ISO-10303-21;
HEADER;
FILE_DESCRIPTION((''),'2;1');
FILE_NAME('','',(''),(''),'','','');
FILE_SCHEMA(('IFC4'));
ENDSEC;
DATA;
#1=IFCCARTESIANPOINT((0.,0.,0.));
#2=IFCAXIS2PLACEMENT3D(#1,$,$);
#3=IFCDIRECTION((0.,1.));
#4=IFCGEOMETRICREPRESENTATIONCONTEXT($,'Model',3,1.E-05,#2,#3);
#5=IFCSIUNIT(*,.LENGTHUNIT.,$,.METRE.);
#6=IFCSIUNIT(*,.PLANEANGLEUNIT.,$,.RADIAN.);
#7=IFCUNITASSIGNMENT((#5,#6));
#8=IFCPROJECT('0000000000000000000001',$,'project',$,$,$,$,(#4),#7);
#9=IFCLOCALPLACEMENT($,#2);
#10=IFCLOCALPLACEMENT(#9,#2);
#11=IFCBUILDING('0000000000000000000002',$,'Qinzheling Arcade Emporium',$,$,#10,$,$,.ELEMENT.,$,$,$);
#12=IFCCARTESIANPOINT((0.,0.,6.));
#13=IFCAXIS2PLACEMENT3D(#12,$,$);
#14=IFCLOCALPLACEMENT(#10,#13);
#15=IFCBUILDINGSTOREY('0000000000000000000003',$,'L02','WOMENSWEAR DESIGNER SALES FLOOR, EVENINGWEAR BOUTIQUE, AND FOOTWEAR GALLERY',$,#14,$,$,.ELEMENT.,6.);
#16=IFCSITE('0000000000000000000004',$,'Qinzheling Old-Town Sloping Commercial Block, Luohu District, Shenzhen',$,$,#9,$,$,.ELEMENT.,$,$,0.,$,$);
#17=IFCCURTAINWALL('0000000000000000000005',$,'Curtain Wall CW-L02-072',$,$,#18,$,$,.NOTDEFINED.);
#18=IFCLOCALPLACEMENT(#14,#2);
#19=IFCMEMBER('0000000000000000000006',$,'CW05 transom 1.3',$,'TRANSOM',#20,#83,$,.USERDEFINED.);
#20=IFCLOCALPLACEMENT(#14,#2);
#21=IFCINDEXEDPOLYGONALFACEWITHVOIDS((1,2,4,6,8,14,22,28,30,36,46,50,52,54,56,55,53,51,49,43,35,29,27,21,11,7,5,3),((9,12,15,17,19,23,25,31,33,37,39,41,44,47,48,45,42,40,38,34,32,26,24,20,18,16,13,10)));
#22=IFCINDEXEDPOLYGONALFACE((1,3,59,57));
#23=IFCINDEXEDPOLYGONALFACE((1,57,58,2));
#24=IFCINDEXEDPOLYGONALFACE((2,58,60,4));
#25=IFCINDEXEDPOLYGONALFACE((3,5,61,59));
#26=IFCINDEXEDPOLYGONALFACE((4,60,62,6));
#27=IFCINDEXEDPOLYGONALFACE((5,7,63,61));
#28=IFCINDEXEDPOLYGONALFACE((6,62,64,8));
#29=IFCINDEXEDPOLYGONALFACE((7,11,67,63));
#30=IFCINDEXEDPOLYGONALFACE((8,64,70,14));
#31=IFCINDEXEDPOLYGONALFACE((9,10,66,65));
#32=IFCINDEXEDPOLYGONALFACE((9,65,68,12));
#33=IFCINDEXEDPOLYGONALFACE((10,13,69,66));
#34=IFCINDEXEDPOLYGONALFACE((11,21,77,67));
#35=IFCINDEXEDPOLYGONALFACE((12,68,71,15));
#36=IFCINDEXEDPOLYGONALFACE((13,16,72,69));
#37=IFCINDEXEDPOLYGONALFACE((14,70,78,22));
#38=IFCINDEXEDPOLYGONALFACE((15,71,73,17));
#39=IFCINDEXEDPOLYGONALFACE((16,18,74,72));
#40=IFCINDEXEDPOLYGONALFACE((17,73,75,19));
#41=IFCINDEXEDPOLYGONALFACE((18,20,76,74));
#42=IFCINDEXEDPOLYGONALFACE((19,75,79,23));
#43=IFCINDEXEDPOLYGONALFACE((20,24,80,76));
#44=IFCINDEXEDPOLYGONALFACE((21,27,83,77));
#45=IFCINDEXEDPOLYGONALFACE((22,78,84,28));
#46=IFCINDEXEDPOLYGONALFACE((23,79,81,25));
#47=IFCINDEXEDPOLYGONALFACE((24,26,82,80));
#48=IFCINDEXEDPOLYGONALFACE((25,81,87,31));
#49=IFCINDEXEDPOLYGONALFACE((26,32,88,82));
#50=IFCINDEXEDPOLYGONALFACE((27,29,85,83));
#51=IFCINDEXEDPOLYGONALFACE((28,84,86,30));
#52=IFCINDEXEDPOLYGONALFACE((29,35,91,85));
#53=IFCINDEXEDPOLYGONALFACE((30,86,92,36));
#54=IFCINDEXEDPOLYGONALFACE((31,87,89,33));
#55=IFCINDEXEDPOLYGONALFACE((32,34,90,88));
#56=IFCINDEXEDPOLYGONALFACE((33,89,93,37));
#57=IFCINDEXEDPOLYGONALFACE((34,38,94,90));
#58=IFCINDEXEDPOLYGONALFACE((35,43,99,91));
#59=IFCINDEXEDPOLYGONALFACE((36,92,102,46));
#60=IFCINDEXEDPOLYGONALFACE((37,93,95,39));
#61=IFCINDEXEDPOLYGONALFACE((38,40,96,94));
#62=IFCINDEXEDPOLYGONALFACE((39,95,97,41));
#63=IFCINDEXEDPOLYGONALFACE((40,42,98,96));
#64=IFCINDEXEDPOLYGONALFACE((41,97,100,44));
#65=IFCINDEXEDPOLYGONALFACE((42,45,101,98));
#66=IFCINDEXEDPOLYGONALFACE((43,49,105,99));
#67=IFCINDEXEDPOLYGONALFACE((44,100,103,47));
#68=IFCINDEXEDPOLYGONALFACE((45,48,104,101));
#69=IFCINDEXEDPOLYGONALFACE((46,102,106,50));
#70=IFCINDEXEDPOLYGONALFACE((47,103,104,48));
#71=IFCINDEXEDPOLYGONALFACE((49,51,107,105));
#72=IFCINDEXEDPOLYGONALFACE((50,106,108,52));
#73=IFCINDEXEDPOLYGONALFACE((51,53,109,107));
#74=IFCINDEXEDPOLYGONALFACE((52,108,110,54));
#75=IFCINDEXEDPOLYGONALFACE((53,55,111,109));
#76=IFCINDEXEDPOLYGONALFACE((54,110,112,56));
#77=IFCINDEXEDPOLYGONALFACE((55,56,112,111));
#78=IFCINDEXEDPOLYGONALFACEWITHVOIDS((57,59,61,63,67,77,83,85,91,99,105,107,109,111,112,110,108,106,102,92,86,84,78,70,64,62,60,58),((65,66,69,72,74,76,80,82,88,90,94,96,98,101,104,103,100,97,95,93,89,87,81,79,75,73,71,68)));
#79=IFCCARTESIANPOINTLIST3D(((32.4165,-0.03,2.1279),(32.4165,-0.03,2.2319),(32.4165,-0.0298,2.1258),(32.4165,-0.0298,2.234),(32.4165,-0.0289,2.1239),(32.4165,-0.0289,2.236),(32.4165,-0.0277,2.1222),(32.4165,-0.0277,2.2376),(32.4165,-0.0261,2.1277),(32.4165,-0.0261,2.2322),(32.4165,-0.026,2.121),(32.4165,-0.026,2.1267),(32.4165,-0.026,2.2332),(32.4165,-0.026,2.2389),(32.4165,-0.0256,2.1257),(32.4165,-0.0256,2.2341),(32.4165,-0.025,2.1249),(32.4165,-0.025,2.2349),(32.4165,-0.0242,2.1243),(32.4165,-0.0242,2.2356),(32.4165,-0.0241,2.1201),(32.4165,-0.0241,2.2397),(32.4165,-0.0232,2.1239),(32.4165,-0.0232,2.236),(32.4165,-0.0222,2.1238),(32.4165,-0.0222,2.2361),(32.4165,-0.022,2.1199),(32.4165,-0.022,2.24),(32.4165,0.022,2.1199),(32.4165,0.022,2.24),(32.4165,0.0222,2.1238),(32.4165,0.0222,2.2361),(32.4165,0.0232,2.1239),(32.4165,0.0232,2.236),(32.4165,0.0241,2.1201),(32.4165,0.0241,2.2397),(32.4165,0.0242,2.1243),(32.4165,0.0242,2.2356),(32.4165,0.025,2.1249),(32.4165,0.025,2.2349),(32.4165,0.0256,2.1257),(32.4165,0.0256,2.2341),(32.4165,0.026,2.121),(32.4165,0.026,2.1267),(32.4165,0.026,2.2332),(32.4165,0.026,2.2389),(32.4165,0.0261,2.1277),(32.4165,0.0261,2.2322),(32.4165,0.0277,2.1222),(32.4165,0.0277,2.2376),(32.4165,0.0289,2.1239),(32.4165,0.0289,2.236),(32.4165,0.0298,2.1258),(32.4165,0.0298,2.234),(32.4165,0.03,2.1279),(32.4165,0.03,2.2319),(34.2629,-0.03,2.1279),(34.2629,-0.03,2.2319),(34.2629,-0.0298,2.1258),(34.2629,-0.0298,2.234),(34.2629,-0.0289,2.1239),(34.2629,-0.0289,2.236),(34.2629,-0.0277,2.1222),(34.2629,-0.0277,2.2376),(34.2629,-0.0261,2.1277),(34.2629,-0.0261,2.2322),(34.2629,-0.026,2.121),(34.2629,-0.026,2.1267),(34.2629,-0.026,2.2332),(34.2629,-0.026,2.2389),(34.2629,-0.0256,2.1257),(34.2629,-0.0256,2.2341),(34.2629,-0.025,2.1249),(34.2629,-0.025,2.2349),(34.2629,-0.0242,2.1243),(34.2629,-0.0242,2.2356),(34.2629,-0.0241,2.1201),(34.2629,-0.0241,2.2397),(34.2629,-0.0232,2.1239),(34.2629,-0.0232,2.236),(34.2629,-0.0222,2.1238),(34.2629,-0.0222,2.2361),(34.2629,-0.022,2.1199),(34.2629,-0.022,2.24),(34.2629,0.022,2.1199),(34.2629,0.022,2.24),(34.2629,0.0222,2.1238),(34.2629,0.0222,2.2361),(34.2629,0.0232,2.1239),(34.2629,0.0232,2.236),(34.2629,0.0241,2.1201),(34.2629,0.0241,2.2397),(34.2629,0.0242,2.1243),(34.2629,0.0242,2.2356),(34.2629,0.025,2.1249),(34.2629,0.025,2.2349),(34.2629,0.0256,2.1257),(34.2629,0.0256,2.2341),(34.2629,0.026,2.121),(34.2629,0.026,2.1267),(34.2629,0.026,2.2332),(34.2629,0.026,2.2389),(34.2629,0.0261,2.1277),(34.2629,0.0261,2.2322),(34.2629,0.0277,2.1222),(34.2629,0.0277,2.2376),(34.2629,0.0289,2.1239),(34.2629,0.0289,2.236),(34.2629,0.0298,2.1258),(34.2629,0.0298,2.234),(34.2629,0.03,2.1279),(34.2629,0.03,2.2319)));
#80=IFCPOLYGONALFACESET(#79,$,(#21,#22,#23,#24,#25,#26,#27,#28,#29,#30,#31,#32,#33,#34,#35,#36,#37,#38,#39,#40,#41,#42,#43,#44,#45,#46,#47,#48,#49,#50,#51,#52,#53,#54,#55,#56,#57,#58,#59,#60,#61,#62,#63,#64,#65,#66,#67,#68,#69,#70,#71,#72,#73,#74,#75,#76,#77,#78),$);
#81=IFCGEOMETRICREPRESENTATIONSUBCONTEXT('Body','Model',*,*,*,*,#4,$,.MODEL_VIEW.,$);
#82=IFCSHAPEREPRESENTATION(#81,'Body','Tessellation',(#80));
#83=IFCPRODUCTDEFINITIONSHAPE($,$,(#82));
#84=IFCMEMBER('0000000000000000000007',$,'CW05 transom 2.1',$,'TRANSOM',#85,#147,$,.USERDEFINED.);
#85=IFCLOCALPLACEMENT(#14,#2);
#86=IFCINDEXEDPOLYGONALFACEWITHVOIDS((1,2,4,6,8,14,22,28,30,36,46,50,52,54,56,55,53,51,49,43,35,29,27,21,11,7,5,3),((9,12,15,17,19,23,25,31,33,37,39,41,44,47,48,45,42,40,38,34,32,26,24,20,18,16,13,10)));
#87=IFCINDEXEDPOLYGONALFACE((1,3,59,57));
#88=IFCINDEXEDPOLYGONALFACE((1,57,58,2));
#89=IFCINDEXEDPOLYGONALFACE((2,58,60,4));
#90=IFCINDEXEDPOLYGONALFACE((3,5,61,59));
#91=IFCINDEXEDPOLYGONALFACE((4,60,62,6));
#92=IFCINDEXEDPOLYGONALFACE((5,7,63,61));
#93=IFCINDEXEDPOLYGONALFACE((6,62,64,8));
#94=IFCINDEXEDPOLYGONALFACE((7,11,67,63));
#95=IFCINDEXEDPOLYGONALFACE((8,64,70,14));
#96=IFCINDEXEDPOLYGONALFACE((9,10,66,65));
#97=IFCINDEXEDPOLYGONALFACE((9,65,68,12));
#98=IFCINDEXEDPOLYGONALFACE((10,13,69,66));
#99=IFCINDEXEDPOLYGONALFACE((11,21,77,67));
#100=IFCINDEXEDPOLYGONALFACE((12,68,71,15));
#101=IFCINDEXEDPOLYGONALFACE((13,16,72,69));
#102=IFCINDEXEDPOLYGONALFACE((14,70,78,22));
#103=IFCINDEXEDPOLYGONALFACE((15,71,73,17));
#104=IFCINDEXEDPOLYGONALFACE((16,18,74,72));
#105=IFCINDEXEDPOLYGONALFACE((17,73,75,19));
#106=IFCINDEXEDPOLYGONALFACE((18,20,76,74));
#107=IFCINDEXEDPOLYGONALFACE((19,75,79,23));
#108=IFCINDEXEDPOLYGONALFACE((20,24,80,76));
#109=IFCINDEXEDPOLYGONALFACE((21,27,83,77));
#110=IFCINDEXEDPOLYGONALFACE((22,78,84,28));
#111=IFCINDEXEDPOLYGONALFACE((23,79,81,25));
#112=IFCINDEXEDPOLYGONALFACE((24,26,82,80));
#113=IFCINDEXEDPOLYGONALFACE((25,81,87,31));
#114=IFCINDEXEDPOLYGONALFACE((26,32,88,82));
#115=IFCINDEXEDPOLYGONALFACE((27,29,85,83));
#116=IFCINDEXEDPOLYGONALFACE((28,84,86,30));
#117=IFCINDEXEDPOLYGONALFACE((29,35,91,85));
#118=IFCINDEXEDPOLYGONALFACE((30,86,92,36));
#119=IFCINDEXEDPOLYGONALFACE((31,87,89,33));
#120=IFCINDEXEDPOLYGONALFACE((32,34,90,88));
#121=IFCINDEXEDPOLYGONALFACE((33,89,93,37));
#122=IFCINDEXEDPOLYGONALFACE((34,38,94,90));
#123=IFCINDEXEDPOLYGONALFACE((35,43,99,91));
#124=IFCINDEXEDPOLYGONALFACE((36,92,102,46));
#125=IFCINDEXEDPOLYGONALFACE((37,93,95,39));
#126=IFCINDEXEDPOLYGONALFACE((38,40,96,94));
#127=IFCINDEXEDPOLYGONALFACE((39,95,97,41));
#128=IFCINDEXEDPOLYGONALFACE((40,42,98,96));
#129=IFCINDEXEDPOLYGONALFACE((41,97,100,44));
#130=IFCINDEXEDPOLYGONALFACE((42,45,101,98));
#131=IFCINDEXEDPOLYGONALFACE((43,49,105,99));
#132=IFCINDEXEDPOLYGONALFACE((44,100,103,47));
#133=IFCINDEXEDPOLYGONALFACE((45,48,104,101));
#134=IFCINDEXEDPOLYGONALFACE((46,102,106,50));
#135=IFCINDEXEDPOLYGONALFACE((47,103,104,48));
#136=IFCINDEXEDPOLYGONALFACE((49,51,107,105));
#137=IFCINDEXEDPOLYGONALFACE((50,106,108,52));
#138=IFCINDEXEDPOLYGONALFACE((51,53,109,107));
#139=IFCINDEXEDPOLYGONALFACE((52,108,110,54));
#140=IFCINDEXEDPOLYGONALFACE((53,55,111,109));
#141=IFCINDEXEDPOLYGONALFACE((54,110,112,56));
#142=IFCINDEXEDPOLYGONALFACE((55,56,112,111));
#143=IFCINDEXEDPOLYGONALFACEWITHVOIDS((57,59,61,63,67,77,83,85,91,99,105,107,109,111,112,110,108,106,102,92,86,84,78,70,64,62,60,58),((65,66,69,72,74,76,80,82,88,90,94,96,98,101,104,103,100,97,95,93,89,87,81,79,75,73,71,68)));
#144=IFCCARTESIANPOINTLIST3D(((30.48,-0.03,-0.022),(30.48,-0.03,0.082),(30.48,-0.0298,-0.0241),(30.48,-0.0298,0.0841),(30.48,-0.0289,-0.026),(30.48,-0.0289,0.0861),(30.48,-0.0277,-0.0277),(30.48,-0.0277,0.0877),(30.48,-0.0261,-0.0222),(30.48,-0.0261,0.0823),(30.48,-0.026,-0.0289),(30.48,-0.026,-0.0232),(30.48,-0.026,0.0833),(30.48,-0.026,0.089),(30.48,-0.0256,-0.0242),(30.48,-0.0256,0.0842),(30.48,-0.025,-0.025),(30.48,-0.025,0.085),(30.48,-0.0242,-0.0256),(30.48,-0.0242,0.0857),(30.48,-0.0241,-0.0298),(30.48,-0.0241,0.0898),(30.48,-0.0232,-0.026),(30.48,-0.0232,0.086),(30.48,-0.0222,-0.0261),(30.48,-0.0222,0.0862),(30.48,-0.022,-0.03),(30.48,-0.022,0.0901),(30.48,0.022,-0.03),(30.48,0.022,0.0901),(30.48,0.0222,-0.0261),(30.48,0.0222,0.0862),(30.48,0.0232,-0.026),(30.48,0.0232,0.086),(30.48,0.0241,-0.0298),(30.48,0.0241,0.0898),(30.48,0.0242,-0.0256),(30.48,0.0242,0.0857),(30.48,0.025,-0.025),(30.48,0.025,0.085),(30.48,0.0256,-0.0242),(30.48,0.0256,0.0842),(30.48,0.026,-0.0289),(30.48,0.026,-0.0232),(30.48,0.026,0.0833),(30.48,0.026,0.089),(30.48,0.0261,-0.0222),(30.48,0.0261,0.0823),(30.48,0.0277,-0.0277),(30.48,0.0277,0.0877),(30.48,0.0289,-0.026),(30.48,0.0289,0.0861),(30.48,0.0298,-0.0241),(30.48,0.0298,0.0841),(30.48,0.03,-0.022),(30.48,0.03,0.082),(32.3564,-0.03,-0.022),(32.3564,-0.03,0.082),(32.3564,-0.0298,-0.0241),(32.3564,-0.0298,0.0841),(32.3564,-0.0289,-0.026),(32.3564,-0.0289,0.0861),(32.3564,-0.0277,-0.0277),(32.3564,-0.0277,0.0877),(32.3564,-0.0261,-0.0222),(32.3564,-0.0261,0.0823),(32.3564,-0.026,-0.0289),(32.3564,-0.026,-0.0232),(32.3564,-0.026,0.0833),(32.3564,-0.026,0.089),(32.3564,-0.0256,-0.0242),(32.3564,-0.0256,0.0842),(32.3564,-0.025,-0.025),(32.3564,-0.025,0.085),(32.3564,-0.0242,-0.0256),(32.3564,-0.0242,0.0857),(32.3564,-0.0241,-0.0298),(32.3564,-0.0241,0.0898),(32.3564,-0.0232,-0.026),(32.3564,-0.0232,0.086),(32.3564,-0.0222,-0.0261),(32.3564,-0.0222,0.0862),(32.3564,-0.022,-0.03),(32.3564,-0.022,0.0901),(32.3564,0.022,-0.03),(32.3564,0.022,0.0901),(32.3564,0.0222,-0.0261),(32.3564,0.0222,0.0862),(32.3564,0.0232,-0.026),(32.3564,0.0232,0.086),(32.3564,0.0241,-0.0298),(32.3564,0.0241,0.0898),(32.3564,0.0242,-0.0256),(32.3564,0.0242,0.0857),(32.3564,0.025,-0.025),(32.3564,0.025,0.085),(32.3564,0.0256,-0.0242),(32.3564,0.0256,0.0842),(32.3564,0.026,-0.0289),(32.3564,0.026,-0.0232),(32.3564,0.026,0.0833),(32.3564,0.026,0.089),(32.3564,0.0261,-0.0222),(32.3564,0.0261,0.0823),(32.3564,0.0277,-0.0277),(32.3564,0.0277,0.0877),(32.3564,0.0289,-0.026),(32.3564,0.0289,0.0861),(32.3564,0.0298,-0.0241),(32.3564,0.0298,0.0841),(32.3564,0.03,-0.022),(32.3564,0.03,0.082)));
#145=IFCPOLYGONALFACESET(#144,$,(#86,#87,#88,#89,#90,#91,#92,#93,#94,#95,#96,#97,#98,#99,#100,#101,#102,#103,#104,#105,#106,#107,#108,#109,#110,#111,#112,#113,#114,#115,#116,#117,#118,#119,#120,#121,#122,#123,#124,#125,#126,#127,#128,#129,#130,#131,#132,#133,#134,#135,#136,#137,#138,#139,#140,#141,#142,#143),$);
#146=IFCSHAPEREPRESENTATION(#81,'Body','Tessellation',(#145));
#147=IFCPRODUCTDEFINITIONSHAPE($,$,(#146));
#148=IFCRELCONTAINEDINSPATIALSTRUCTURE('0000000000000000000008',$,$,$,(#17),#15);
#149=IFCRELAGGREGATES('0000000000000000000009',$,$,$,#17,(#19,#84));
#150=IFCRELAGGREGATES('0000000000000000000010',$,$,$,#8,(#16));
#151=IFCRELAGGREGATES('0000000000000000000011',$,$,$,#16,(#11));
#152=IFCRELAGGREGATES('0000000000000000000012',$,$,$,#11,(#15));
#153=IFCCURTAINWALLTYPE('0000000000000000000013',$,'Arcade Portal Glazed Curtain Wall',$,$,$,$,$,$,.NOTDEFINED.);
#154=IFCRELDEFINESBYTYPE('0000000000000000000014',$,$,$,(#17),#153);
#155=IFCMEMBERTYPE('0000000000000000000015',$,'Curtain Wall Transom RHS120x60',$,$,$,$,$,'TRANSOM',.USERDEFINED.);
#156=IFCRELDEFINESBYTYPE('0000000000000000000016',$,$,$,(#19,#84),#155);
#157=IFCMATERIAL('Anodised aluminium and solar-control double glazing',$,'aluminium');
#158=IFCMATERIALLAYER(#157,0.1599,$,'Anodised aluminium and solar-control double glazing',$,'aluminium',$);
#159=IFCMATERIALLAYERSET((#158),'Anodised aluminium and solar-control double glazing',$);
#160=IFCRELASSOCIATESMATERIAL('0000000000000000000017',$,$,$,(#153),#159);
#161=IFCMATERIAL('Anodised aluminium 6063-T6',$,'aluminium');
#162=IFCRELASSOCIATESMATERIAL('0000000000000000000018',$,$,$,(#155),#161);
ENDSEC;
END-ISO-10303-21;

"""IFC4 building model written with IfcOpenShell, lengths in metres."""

from ifc_helpers import new_model, si_unit, direction, frame, origin, origin_2d, place, context, subcontext, project, spatial, hollow_rectangle, extrude, material, layer, layer_set, material_profile, profile_set, type_object, element, aggregate, save


model = new_model("IFC4")

# Units and contexts
model_context = context("Model", 3, precision=1e-05, world=origin(), true_north=direction((0.0, 1.0)))
body_context = subcontext(model_context, "Body", "Model", "MODEL_VIEW")
ifc_project = project(units=[si_unit("LENGTHUNIT", "METRE"), si_unit("PLANEANGLEUNIT", "RADIAN")], contexts=[model_context])

# Site, building, storey
site_placement = place(None, origin())
site = spatial("IfcSite", under=ifc_project, at=site_placement, Name="Qinzheling Old-Town Sloping Commercial Block, Luohu District, Shenzhen", CompositionType="ELEMENT", RefElevation=0.0)
building_placement = place(site_placement, origin())
building = spatial("IfcBuilding", under=site, at=building_placement, Name="Qinzheling Arcade Emporium", CompositionType="ELEMENT")
storey_placement = place(building_placement, frame((0.0, 0.0, 6.0)))
storey = spatial("IfcBuildingStorey", under=building, at=storey_placement, Name="L02", Description="WOMENSWEAR DESIGNER SALES FLOOR, EVENINGWEAR BOUTIQUE, AND FOOTWEAR GALLERY", CompositionType="ELEMENT", Elevation=6.0)

# Shared definitions
ifc_material_1 = material(Name="Anodised aluminium and solar-control double glazing", Category="aluminium")
ifc_layer_1 = layer(ifc_material_1, 0.1599, Name="Anodised aluminium and solar-control double glazing", Category="aluminium")
ifc_layer_set_1 = layer_set([ifc_layer_1], Name="Anodised aluminium and solar-control double glazing")
curtain_wall_type = type_object("IfcCurtainWallType", Name="Arcade Portal Glazed Curtain Wall", PredefinedType="NOTDEFINED", material=ifc_layer_set_1)
ifc_material_2 = material(Name="Anodised aluminium 6063-T6", Category="aluminium")

# Curtain wall, members
curtain_wall_1_placement = place(storey_placement, origin())
curtain_wall_1 = element("IfcCurtainWall", 1, at=curtain_wall_1_placement, inside=storey, type_object=curtain_wall_type, Name="Curtain Wall CW-L02-072", PredefinedType="NOTDEFINED")
ifc_material_profile_1 = material_profile(ifc_material_2, hollow_rectangle(XDim=0.0601, YDim=0.1201, WallThickness=0.0039, InnerFilletRadius=0.0039, OuterFilletRadius=0.0081, at=origin_2d()), Name="RHS 120x60x4", Category="aluminium")
ifc_profile_set_1 = profile_set([ifc_material_profile_1], Name="Anodised aluminium 6063-T6")
member_type_1 = type_object("IfcMemberType", Name="Curtain Wall Transom RHS120x60", ElementType="TRANSOM", PredefinedType="USERDEFINED", material=ifc_profile_set_1)
member_1_placement = place(storey_placement, frame((34.2629, 0.0, 2.1799), z_axis=(-1.0, 0.0, 0.0), x_axis=(0.0, -1.0, 0.0)))
member_1 = element("IfcMember", 2, at=member_1_placement, type_object=member_type_1, Name="CW05 transom 1.3", ObjectType="TRANSOM", PredefinedType="USERDEFINED", context=body_context, shape_type="SweptSolid", body=[
    extrude(hollow_rectangle(XDim=0.0601, YDim=0.1201, WallThickness=0.0039, InnerFilletRadius=0.0039, OuterFilletRadius=0.0081, at=origin_2d()), origin(), (0.0, 0.0, 1.0), 1.8464),
])
member_2_placement = place(storey_placement, frame((32.3564, 0.0, 0.03), z_axis=(-1.0, 0.0, 0.0), x_axis=(0.0, -1.0, 0.0)))
member_2 = element("IfcMember", 3, at=member_2_placement, type_object=member_type_1, Name="CW05 transom 2.1", ObjectType="TRANSOM", PredefinedType="USERDEFINED", context=body_context, shape_type="SweptSolid", body=[
    extrude(hollow_rectangle(XDim=0.0601, YDim=0.1201, WallThickness=0.0039, InnerFilletRadius=0.0039, OuterFilletRadius=0.0081, at=origin_2d()), origin(), (0.0, 0.0, 1.0), 1.8765),
])

aggregate(curtain_wall_1, [member_1, member_2])

save(model, "model.ifc")
